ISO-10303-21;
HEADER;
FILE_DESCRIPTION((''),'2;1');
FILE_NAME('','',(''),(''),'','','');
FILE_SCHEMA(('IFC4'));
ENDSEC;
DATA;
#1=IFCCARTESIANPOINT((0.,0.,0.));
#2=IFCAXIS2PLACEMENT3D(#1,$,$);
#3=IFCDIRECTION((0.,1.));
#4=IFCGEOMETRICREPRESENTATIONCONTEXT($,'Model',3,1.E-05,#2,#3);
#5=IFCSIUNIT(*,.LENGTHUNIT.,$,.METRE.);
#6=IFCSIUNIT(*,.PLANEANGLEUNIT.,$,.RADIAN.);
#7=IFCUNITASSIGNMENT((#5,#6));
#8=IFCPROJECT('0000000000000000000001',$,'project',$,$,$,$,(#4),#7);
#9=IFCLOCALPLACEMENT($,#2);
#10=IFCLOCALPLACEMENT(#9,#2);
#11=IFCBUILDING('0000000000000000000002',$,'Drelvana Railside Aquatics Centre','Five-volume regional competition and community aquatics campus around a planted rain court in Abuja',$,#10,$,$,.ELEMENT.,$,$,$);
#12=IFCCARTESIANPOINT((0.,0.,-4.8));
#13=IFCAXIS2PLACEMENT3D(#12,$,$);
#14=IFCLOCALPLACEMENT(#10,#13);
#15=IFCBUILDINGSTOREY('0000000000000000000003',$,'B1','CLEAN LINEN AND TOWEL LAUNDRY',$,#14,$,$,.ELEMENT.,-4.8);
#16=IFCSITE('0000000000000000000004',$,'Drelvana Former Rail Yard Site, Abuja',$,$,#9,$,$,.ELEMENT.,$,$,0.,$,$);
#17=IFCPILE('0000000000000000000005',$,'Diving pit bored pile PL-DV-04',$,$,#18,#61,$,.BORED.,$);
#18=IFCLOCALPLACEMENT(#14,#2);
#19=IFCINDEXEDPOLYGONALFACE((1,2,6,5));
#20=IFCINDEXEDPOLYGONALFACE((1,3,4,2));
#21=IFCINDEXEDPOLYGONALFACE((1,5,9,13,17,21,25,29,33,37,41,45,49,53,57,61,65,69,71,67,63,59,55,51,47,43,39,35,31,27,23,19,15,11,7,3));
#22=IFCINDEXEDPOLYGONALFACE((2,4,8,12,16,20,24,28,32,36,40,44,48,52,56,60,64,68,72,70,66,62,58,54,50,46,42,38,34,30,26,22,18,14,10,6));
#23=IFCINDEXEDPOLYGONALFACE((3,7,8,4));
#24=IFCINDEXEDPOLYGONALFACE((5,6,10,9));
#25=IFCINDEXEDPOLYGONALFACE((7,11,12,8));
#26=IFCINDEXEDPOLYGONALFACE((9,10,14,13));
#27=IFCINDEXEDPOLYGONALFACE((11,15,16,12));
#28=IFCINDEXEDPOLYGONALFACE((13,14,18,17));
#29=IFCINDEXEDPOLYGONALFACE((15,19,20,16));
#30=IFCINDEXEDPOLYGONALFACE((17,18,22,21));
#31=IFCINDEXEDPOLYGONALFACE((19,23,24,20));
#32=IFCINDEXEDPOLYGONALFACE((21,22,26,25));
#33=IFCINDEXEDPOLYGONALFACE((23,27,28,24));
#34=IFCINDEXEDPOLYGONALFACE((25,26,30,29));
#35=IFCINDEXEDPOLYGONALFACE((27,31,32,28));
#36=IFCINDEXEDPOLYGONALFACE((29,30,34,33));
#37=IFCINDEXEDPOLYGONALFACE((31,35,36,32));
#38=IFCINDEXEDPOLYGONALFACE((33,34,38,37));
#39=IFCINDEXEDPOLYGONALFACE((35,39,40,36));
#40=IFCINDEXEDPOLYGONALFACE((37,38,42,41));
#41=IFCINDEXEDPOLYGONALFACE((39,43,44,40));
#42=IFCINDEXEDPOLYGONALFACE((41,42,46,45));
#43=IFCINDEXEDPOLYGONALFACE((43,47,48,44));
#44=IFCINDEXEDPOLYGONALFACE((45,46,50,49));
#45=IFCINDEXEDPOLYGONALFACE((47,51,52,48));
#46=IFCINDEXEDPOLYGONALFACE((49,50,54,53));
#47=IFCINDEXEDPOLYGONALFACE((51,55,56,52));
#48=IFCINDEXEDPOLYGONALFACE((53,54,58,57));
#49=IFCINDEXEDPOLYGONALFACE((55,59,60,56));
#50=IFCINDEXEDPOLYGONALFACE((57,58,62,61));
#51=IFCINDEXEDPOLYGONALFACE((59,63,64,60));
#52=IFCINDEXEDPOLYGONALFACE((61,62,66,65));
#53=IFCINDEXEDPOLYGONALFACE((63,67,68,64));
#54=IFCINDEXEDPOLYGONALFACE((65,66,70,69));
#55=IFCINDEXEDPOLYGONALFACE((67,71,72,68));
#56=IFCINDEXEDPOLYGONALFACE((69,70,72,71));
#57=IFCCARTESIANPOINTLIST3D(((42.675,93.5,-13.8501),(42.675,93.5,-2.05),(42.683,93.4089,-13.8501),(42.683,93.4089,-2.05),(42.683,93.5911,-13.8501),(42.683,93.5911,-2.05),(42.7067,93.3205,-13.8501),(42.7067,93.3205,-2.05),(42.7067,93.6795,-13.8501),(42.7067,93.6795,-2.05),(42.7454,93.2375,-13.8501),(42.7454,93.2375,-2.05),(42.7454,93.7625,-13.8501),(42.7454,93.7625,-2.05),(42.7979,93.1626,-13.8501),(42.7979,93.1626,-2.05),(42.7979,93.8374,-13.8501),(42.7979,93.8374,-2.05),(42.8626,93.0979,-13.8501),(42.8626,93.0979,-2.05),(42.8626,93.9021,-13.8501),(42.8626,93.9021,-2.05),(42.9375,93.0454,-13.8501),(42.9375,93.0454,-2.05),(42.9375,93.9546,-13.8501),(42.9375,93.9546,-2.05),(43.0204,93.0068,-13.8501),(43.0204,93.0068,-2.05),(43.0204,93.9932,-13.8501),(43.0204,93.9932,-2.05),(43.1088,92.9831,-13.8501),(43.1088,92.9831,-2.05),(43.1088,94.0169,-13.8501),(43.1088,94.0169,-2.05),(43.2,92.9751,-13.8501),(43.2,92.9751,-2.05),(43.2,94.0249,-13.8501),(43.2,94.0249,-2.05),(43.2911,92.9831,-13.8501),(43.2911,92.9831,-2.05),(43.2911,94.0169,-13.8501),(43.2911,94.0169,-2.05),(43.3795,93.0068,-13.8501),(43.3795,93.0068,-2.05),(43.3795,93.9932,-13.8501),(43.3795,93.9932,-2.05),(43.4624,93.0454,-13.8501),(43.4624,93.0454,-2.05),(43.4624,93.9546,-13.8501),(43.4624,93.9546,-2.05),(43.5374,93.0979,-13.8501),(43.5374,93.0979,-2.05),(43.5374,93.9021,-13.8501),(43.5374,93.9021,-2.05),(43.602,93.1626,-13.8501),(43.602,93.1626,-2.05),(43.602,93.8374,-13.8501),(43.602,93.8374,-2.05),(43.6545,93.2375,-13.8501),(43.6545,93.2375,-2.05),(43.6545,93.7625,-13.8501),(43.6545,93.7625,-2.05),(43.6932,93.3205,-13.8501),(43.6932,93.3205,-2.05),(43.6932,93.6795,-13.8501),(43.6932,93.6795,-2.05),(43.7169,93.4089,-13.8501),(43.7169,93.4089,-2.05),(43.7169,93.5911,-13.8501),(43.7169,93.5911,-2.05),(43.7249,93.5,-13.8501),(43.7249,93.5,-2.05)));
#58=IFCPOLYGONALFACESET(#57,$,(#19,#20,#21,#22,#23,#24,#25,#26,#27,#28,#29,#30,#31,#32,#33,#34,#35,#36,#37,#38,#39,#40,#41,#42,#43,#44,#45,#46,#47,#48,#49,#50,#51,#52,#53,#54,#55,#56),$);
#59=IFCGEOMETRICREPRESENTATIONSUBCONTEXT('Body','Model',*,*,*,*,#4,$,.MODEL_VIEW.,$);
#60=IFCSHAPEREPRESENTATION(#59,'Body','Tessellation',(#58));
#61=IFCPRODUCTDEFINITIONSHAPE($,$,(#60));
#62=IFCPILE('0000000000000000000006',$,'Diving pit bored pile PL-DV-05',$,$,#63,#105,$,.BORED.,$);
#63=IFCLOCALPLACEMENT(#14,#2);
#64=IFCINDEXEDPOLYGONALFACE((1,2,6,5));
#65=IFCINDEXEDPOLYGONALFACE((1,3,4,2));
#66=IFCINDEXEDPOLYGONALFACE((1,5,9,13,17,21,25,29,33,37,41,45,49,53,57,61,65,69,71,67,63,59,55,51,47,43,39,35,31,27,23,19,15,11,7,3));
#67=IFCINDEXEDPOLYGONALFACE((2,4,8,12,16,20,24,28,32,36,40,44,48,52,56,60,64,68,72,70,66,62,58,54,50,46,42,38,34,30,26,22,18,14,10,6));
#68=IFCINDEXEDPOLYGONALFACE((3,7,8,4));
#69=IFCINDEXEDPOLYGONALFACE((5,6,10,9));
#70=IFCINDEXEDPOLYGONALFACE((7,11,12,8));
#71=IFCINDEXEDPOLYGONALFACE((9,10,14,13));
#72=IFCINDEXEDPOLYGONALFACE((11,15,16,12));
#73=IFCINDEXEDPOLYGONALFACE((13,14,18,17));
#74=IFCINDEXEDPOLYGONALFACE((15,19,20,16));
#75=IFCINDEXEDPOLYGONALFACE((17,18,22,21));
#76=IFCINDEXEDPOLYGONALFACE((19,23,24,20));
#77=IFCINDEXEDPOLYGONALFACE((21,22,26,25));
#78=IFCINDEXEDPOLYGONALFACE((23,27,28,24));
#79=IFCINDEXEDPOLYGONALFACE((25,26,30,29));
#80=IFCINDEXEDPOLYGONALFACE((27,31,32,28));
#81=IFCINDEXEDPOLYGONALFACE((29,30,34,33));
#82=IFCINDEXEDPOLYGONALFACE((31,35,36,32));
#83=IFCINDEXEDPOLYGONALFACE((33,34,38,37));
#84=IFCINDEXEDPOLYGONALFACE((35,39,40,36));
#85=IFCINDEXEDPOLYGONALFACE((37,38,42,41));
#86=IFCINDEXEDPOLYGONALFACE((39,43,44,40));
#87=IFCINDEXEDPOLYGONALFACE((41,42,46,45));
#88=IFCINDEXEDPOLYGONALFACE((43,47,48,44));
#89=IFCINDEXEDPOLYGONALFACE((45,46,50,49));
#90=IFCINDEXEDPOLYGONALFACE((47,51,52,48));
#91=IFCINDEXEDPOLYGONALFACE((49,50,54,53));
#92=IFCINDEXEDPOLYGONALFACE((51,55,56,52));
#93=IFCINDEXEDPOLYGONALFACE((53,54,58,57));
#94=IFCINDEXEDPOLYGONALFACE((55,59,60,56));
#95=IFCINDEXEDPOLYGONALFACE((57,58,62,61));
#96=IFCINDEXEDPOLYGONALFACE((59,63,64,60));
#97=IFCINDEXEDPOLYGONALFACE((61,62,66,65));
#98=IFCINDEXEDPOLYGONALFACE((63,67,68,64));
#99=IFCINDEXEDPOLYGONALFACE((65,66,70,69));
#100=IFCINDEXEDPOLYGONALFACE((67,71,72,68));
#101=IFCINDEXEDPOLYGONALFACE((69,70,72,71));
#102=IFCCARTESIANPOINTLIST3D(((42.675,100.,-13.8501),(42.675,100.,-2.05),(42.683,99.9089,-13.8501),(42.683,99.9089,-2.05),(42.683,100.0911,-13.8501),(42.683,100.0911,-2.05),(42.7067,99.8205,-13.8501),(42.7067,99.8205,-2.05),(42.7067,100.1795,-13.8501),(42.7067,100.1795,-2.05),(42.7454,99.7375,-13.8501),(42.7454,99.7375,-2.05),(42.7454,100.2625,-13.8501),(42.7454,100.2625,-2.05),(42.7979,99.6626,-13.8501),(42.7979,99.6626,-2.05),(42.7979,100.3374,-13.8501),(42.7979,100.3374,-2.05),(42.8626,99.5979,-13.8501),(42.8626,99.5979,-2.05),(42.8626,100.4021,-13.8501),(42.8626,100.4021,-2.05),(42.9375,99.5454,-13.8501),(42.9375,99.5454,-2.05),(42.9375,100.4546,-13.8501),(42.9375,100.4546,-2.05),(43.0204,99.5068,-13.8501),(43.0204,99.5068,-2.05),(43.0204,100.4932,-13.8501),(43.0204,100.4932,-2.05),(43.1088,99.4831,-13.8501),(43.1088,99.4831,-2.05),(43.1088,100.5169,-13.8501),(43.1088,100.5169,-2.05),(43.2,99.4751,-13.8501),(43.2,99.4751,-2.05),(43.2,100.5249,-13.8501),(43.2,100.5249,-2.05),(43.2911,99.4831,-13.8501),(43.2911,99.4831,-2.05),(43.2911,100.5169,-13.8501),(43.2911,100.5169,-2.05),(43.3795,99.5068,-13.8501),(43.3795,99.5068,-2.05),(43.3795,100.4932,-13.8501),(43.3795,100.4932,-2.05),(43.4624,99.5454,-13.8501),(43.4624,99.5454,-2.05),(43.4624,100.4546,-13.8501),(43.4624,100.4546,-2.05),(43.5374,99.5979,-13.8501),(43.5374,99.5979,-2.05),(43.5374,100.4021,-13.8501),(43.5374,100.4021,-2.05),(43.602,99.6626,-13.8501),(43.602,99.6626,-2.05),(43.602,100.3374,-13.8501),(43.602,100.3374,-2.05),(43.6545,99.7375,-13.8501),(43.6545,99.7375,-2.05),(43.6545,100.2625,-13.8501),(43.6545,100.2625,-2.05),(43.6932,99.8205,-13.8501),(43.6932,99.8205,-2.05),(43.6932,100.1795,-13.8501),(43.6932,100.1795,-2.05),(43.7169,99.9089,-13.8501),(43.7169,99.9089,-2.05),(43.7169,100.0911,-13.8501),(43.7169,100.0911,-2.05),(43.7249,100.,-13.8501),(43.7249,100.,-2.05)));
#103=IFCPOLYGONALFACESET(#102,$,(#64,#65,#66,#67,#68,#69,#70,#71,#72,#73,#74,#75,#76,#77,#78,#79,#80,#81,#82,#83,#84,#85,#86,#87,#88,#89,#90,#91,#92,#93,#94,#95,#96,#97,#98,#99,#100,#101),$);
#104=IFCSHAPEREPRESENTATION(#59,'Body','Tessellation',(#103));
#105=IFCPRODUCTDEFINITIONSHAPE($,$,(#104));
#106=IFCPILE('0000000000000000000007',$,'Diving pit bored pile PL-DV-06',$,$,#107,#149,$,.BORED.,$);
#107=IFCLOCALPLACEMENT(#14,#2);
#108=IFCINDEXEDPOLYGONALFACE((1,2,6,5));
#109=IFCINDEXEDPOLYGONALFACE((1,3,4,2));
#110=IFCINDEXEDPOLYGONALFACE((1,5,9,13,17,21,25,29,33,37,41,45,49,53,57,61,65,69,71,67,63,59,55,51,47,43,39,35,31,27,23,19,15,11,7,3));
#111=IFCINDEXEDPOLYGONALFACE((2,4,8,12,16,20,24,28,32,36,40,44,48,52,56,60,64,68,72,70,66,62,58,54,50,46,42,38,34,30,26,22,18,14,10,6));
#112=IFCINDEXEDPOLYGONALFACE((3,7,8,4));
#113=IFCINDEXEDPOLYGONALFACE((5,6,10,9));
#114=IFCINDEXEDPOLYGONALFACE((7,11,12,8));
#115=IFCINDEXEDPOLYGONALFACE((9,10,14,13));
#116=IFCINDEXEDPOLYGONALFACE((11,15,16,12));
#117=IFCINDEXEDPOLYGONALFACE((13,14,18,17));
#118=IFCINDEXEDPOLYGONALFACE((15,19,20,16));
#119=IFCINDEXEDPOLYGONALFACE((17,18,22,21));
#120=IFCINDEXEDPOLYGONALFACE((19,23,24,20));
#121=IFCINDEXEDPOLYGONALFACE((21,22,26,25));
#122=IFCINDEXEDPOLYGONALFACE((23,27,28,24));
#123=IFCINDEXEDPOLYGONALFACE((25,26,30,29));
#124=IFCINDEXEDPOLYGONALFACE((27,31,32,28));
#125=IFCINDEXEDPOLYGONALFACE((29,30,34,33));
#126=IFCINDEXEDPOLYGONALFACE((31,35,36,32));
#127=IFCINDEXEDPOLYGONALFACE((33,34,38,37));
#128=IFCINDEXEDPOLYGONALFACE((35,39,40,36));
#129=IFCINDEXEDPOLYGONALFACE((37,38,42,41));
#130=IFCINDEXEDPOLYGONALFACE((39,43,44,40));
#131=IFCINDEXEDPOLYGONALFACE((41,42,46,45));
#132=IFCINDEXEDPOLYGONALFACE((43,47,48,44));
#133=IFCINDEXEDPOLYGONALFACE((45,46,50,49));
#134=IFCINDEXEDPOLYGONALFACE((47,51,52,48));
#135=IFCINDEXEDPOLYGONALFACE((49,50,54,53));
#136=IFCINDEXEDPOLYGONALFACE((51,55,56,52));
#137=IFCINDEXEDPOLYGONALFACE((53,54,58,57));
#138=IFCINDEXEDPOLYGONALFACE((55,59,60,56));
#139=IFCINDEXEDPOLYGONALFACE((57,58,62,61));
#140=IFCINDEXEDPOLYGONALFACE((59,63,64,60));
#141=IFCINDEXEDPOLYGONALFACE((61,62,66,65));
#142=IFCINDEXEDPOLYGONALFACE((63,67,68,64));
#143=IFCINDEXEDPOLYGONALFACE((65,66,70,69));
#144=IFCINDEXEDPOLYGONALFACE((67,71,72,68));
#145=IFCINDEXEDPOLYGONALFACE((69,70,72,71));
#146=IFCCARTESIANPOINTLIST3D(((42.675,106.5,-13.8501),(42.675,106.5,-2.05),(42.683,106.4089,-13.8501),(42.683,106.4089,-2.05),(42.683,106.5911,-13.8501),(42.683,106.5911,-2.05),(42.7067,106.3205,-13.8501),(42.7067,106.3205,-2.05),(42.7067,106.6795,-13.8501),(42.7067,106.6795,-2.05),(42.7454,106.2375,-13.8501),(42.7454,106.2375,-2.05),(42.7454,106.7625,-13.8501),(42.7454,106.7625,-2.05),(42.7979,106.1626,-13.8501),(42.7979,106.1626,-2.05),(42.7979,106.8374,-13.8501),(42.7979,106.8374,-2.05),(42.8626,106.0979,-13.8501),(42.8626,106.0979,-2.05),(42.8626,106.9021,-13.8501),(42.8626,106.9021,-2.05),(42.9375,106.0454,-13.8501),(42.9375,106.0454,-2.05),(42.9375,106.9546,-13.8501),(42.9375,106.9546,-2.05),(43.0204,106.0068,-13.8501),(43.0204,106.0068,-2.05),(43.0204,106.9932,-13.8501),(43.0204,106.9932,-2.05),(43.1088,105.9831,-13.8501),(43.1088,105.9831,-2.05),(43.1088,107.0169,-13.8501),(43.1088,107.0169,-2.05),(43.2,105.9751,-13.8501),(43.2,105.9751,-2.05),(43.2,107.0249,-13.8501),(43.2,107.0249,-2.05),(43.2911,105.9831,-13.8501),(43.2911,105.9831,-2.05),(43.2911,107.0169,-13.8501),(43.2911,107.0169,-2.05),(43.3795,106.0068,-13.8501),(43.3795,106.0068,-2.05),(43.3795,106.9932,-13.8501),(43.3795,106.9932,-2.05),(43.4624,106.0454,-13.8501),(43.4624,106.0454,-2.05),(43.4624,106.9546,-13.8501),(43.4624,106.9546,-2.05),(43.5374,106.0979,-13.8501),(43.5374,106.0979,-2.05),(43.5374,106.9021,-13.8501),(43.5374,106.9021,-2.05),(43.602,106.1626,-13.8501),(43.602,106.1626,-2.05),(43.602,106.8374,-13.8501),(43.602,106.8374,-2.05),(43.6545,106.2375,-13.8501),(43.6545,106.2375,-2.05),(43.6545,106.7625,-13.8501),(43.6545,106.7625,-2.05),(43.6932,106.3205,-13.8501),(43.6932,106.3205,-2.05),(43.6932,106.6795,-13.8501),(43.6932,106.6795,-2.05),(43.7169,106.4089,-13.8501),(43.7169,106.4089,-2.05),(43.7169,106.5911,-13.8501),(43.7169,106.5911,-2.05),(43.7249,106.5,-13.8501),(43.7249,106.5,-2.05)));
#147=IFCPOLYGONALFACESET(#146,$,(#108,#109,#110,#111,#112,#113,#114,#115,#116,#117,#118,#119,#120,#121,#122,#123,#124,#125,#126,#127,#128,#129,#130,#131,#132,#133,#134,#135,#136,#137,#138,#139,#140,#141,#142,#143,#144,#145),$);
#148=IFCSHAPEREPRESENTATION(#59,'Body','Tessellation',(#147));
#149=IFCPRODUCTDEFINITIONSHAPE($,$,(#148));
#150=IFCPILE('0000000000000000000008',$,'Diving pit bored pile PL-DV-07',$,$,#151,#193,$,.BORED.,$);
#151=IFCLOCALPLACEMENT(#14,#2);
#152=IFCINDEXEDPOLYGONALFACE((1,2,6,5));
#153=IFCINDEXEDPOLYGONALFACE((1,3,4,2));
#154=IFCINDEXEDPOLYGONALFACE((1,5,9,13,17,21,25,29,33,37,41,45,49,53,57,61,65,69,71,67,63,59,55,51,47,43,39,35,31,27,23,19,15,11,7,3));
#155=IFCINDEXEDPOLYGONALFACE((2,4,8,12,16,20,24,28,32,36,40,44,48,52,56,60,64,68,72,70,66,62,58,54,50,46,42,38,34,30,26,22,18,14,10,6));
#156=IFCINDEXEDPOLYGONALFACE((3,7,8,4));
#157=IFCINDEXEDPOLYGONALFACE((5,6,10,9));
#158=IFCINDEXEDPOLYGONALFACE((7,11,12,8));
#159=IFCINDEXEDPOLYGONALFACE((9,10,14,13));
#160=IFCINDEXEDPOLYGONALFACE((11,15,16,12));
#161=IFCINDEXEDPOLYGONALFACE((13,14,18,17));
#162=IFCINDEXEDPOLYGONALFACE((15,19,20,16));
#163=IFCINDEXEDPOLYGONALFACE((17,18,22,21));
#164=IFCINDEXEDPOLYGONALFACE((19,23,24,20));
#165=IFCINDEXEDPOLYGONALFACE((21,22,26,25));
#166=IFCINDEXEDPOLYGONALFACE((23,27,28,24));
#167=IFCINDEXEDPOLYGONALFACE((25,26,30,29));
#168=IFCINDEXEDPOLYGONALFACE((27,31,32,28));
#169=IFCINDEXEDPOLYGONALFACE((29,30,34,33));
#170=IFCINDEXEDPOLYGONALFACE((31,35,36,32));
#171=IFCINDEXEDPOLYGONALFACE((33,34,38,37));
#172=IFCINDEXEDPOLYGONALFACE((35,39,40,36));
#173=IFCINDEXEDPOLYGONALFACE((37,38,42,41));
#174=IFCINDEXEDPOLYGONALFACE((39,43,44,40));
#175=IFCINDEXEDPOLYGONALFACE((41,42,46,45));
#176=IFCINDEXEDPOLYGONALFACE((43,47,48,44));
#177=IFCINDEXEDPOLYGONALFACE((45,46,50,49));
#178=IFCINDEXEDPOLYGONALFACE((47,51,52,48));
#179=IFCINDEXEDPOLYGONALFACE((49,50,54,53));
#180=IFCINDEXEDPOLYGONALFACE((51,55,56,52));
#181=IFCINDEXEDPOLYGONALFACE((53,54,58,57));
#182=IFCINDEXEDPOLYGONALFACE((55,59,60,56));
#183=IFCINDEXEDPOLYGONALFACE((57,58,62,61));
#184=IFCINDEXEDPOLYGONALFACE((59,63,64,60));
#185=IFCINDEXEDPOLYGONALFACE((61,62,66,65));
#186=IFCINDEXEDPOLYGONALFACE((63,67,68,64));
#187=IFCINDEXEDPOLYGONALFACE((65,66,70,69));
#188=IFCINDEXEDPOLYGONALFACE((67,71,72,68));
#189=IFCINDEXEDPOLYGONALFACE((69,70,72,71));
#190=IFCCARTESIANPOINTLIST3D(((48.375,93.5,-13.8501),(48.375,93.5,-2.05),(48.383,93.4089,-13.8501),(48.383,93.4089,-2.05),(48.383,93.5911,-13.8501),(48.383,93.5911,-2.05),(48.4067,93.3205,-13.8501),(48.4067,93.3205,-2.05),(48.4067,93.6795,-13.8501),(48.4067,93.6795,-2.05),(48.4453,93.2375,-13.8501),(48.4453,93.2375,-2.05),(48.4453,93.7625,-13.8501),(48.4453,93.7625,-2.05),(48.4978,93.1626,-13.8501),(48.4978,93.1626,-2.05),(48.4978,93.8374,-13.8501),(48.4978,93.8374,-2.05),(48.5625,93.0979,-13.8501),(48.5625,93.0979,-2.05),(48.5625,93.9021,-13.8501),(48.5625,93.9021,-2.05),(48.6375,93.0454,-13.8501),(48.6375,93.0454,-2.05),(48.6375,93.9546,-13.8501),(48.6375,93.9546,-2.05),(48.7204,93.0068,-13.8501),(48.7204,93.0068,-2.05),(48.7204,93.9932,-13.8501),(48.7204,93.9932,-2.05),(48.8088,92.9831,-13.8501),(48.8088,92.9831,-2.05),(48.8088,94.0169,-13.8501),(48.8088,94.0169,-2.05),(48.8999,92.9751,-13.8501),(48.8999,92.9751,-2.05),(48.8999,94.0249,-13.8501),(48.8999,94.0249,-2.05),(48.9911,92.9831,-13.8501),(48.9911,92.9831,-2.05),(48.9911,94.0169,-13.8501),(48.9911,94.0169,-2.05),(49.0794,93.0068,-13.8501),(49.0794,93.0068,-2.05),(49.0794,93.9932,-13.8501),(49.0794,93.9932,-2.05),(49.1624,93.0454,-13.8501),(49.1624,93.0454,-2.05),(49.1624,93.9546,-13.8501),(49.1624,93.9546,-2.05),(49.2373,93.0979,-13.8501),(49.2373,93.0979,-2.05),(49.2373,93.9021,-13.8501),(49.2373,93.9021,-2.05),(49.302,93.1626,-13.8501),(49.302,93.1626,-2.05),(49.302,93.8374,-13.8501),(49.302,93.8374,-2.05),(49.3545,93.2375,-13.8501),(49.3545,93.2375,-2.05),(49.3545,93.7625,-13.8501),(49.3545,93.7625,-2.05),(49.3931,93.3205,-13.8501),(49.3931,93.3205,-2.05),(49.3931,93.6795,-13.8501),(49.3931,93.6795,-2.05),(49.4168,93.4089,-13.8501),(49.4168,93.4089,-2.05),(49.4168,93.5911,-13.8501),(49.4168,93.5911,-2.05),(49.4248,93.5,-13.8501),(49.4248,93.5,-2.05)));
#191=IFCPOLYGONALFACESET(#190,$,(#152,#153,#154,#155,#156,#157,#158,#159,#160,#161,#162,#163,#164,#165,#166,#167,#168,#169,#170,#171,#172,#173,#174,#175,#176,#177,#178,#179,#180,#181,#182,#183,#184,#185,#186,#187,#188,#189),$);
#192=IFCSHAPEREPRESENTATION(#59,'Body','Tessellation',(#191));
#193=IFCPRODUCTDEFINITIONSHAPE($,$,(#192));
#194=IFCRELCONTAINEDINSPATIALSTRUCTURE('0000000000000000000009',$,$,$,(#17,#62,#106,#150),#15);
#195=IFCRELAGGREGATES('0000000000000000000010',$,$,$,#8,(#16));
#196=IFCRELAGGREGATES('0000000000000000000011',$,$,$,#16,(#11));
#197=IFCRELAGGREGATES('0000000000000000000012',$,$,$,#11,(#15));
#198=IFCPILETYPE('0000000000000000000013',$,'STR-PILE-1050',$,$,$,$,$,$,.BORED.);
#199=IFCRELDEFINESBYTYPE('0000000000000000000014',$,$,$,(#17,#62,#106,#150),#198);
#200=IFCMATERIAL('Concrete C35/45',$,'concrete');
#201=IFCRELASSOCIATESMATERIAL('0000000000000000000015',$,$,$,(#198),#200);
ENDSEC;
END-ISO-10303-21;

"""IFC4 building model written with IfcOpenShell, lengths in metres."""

from ifc_helpers import new_model, si_unit, direction, frame, origin, origin_2d, place, context, subcontext, project, spatial, circle, extrude, material, material_profile, profile_set, type_object, element, save


model = new_model("IFC4")

# Units and contexts
model_context = context("Model", 3, precision=1e-05, world=origin(), true_north=direction((0.0, 1.0)))
body_context = subcontext(model_context, "Body", "Model", "MODEL_VIEW")
ifc_project = project(units=[si_unit("LENGTHUNIT", "METRE"), si_unit("PLANEANGLEUNIT", "RADIAN")], contexts=[model_context])

# Site, building, storey
site_placement = place(None, origin())
site = spatial("IfcSite", under=ifc_project, at=site_placement, Name="Drelvana Former Rail Yard Site, Abuja", CompositionType="ELEMENT", RefElevation=0.0)
building_placement = place(site_placement, origin())
building = spatial("IfcBuilding", under=site, at=building_placement, Name="Drelvana Railside Aquatics Centre", Description="Five-volume regional competition and community aquatics campus around a planted rain court in Abuja", CompositionType="ELEMENT")
storey_placement = place(building_placement, frame((0.0, 0.0, -4.8)))
storey = spatial("IfcBuildingStorey", under=building, at=storey_placement, Name="B1", Description="CLEAN LINEN AND TOWEL LAUNDRY", CompositionType="ELEMENT", Elevation=-4.8)

# Shared definitions
ifc_material_1 = material(Name="Concrete C35/45", Category="concrete")

# Piles
ifc_material_profile_1 = material_profile(ifc_material_1, circle(Radius=0.5249, at=origin_2d()), Name="PILE D1050")
ifc_profile_set_1 = profile_set([ifc_material_profile_1], Name="Concrete C35/45")
pile_type_1 = type_object("IfcPileType", Name="STR-PILE-1050", PredefinedType="BORED", material=ifc_profile_set_1)
for number, where, z_axis, x_axis, name in (
    (1, (43.2, 93.5, -2.05), (0.0, 0.0, -1.0), (1.0, 0.0, 0.0), "Diving pit bored pile PL-DV-04"),
    (2, (43.2, 100.0, -2.05), (0.0, 0.0, -1.0), (1.0, 0.0, 0.0), "Diving pit bored pile PL-DV-05"),
    (3, (43.2, 106.5, -2.05), (0.0, 0.0, -1.0), (1.0, 0.0, 0.0), "Diving pit bored pile PL-DV-06"),
    (4, (48.8999, 93.5, -2.05), (0.0, 0.0, -1.0), (1.0, 0.0, 0.0), "Diving pit bored pile PL-DV-07"),
):
    element("IfcPile", number, at=place(storey_placement, frame(where, z_axis=z_axis, x_axis=x_axis)), inside=storey, type_object=pile_type_1, Name=name, PredefinedType="BORED", context=body_context, shape_type="SweptSolid", body=[
        extrude(circle(Radius=0.5249, at=origin_2d()), origin(), (0.0, 0.0, 1.0), 11.8),
    ])

save(model, "model.ifc")
